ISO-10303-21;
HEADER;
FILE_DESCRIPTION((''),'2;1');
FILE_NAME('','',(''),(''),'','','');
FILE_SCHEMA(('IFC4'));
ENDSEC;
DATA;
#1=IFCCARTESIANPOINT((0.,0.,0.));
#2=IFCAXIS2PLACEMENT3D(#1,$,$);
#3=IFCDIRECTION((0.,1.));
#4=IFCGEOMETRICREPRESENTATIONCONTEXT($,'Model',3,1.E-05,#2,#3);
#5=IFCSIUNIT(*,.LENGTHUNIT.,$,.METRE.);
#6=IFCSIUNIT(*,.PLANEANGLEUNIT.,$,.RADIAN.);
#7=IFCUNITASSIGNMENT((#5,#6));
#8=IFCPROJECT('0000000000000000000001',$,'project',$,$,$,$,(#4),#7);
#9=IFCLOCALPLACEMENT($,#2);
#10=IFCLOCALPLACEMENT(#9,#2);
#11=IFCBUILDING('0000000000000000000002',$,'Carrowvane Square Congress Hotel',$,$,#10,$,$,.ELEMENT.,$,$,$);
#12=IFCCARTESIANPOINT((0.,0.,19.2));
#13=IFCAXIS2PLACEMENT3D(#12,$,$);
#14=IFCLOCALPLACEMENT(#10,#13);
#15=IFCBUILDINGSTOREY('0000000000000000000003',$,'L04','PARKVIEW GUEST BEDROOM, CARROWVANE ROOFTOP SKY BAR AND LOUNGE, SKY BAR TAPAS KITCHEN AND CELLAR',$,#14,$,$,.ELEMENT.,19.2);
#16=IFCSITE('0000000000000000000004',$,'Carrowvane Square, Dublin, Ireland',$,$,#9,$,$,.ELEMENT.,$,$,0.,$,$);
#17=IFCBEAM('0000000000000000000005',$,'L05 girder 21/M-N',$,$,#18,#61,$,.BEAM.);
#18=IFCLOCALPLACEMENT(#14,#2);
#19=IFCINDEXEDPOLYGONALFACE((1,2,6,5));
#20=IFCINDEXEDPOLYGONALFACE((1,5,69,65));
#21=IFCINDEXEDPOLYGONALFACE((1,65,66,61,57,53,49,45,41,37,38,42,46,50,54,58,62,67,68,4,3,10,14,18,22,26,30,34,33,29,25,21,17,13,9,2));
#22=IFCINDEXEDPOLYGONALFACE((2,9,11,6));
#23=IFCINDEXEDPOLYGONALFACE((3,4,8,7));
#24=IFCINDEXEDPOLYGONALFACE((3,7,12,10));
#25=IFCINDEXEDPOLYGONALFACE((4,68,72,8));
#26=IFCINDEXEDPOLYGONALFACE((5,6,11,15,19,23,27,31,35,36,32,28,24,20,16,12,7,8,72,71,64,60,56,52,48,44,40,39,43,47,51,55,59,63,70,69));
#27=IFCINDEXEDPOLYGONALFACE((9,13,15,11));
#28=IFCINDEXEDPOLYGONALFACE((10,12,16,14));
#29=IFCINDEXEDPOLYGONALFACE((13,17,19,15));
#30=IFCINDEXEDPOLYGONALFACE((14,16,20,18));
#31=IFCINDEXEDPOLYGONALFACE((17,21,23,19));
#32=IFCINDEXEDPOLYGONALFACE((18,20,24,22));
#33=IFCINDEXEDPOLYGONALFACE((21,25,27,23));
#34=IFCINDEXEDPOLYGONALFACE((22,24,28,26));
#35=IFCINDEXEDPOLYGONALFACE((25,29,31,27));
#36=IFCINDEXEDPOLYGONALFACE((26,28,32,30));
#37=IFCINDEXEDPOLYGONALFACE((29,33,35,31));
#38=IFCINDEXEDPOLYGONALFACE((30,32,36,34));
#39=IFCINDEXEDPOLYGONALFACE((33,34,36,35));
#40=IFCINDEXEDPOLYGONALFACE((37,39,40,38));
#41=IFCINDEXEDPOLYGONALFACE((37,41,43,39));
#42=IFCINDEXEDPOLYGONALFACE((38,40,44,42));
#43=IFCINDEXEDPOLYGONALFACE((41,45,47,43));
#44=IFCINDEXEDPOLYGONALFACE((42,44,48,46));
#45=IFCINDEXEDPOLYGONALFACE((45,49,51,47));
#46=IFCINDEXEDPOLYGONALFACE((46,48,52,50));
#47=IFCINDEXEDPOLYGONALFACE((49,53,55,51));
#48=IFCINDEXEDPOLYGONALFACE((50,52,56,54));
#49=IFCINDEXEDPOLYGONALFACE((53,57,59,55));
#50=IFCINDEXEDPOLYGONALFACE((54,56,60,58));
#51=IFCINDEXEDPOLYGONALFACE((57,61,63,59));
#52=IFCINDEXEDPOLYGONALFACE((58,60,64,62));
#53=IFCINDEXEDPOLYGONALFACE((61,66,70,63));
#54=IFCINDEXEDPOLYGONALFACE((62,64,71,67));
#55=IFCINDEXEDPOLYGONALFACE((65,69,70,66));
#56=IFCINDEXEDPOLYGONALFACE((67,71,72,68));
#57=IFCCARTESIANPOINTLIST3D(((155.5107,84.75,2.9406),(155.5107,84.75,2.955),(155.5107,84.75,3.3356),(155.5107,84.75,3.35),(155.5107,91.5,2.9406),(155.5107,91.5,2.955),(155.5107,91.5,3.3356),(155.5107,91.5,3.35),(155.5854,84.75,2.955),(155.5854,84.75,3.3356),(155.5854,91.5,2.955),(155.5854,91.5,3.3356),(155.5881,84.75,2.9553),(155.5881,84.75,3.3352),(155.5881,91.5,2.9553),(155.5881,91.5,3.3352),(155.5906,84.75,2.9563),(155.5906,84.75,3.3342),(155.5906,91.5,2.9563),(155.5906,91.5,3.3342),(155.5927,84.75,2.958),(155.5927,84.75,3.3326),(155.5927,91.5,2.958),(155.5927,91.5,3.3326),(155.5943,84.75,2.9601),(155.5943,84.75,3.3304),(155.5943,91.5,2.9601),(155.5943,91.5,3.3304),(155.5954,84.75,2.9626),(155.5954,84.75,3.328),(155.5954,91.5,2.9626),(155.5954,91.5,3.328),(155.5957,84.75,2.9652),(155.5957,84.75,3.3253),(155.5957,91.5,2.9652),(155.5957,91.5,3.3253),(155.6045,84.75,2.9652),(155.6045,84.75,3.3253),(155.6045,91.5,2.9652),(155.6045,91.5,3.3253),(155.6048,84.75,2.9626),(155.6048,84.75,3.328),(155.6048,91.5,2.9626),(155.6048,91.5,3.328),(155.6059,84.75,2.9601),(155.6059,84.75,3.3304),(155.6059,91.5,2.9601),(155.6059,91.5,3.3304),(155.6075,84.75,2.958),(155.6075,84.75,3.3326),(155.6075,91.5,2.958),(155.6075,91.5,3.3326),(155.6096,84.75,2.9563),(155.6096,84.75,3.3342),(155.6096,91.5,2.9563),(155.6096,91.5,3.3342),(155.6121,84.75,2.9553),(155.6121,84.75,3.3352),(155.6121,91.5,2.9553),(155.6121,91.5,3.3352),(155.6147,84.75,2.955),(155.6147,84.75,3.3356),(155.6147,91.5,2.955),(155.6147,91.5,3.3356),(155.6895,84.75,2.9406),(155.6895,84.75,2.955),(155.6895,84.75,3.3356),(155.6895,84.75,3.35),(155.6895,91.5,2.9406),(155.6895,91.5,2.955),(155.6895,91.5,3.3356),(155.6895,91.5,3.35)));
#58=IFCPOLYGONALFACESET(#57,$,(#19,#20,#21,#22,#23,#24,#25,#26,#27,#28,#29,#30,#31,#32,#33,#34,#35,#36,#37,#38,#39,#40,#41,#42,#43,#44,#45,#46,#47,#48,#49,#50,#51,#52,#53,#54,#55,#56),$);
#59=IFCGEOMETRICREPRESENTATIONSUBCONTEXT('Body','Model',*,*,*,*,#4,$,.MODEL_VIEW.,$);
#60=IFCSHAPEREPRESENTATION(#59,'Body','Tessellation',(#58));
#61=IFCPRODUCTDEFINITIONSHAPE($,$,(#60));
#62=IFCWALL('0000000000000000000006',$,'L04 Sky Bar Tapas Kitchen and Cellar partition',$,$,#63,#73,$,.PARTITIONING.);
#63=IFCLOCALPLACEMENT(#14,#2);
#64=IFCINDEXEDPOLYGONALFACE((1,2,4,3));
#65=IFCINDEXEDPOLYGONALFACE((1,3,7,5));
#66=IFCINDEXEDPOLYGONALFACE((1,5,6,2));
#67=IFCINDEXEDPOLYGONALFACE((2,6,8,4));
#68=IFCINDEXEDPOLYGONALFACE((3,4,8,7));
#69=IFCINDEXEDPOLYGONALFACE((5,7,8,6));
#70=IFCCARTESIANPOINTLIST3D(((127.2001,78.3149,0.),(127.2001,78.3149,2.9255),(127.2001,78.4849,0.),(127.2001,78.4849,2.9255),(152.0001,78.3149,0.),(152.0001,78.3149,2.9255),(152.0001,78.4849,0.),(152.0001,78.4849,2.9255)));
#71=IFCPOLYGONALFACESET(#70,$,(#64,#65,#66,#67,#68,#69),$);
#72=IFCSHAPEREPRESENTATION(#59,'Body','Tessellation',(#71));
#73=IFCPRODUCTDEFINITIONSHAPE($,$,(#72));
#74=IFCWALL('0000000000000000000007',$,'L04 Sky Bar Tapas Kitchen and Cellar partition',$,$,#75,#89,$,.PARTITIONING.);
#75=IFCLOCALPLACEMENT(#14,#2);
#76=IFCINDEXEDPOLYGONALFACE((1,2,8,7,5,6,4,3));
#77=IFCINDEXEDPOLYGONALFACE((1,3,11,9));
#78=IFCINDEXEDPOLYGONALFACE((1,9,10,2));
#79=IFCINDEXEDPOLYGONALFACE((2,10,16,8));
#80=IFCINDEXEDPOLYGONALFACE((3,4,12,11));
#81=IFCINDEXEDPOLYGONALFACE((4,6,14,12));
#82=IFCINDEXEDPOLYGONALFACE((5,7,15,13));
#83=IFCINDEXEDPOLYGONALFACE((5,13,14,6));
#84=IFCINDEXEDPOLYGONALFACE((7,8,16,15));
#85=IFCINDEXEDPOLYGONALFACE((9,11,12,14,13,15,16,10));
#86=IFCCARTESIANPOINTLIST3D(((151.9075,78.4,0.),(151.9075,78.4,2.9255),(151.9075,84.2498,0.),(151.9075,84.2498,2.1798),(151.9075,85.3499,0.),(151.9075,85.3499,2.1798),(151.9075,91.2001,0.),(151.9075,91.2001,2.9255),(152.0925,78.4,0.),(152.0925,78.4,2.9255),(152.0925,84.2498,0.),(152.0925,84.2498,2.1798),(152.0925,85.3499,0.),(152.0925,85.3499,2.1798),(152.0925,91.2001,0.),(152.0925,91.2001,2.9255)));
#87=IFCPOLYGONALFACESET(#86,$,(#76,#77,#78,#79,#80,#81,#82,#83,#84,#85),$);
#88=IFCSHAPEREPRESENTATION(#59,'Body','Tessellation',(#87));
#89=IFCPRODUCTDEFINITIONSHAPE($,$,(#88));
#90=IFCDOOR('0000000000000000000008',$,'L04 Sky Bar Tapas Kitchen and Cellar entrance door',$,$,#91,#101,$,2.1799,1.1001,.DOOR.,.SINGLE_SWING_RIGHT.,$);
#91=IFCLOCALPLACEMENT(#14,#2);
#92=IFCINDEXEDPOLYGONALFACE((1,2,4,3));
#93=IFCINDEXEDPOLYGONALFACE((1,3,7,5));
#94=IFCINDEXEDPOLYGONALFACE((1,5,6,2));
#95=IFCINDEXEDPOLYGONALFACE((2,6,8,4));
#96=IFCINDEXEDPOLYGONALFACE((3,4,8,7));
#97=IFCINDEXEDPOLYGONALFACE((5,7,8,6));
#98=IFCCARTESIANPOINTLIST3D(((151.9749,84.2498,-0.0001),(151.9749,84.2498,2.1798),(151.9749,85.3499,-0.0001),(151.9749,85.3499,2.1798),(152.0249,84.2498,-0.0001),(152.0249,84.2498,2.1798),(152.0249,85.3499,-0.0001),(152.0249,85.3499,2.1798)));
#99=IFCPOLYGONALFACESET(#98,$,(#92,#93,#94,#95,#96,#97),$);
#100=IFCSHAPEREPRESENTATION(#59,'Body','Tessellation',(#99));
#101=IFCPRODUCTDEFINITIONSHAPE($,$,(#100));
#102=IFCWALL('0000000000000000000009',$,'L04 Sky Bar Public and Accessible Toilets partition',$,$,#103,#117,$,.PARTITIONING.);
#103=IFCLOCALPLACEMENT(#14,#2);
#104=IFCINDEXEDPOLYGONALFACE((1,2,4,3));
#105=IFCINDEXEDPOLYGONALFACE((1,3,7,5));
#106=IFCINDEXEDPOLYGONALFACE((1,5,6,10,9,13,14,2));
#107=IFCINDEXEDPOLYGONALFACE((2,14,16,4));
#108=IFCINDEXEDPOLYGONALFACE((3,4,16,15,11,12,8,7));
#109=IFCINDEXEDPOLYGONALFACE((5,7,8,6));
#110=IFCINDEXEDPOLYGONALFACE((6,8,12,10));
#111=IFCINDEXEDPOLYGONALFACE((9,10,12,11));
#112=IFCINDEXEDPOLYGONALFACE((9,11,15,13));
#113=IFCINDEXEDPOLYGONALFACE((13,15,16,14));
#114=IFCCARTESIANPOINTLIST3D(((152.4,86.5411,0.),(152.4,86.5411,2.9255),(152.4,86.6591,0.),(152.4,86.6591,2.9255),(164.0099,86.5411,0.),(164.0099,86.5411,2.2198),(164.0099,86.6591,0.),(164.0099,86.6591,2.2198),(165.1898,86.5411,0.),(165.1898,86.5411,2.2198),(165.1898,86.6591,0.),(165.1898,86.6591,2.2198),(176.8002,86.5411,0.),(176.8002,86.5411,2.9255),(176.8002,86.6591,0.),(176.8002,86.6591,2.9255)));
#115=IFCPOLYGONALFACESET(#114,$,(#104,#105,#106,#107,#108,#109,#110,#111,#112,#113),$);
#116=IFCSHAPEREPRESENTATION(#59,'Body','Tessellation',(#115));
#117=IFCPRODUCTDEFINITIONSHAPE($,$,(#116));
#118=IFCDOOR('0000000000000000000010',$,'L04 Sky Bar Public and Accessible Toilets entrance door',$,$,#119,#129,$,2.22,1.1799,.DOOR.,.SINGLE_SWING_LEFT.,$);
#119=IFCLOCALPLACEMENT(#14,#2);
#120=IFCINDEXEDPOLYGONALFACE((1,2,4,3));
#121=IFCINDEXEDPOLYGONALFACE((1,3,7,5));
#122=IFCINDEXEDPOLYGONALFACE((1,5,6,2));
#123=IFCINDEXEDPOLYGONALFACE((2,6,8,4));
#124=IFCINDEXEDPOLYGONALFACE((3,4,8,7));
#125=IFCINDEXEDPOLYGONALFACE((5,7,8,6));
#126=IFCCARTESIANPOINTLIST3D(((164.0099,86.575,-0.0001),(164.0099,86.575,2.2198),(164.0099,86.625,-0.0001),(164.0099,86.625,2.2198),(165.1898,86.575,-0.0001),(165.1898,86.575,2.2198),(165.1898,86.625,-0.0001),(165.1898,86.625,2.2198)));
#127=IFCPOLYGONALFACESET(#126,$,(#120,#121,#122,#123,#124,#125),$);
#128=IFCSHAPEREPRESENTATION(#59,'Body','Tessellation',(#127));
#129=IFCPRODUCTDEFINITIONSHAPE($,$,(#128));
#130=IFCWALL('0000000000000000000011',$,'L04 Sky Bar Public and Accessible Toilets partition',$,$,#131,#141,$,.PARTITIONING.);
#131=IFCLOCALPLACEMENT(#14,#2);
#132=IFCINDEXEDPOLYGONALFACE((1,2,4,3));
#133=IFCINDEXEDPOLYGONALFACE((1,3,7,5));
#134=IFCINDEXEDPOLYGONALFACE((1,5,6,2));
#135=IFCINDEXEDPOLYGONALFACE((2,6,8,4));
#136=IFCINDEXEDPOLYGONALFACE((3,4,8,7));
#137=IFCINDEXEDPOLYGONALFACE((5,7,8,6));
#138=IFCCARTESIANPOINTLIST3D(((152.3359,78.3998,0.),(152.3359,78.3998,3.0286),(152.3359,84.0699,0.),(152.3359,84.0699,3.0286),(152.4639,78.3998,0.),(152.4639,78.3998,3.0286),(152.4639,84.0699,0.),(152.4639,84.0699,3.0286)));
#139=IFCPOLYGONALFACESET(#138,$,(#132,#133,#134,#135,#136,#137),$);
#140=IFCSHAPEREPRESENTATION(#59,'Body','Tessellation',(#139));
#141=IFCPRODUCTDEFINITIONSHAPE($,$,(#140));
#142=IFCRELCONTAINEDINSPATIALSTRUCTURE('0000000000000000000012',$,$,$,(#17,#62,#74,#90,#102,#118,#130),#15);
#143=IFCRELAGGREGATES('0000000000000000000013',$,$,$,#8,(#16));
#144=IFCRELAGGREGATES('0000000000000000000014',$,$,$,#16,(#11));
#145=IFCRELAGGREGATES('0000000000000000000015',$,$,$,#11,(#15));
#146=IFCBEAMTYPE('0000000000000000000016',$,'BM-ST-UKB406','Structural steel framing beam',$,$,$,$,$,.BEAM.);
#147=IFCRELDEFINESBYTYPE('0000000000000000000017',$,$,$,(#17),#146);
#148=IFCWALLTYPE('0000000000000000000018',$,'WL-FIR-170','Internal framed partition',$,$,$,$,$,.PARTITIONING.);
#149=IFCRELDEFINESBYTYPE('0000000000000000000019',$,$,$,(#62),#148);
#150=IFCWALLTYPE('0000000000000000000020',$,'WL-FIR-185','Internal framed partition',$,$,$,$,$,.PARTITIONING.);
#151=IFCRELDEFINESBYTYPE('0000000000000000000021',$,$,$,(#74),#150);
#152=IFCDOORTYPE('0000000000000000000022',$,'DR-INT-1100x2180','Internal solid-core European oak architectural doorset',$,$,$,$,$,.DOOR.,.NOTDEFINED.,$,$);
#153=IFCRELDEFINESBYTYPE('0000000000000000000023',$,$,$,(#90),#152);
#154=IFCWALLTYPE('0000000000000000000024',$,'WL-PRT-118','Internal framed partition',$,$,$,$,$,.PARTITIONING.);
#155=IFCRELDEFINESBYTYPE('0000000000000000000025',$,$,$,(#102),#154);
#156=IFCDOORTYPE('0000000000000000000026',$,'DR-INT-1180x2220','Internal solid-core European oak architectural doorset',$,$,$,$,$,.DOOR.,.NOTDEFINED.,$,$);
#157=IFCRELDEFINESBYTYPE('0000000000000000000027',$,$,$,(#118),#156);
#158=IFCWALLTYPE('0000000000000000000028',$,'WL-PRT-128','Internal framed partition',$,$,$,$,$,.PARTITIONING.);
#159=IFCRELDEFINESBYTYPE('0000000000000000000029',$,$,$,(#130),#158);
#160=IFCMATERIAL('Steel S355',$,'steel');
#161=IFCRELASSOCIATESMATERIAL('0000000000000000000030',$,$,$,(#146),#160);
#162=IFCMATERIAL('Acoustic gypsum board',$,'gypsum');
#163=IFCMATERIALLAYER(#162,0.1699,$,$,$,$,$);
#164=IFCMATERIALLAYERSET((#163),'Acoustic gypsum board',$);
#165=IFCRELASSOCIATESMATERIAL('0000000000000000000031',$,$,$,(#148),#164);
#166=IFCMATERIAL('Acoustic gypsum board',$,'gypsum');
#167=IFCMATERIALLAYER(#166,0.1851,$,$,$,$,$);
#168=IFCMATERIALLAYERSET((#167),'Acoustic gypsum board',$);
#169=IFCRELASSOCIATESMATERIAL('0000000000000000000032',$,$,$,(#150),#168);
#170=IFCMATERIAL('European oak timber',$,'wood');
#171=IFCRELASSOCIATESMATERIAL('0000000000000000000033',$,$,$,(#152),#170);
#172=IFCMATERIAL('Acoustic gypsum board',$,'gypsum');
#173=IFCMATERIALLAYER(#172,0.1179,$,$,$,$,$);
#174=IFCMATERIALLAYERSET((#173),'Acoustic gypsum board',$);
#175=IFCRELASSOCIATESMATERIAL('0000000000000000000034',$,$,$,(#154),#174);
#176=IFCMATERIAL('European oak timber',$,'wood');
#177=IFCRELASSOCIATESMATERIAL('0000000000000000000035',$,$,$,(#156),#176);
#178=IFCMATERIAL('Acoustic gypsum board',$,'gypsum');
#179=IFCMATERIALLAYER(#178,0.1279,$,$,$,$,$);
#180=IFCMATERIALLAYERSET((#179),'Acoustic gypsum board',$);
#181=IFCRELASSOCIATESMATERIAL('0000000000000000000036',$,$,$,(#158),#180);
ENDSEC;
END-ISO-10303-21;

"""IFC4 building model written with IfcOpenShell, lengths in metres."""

from ifc_helpers import new_model, si_unit, direction, frame, frame_2d, origin, origin_2d, place, context, subcontext, project, spatial, rectangle, i_section, extrude, material, layer, layer_set, material_profile, profile_set, type_object, element, fill, save


model = new_model("IFC4")

# Units and contexts
model_context = context("Model", 3, precision=1e-05, world=origin(), true_north=direction((0.0, 1.0)))
body_context = subcontext(model_context, "Body", "Model", "MODEL_VIEW")
ifc_project = project(units=[si_unit("LENGTHUNIT", "METRE"), si_unit("PLANEANGLEUNIT", "RADIAN")], contexts=[model_context])

# Site, building, storey
site_placement = place(None, origin())
site = spatial("IfcSite", under=ifc_project, at=site_placement, Name="Carrowvane Square, Dublin, Ireland", CompositionType="ELEMENT", RefElevation=0.0)
building_placement = place(site_placement, origin())
building = spatial("IfcBuilding", under=site, at=building_placement, Name="Carrowvane Square Congress Hotel", CompositionType="ELEMENT")
storey_placement = place(building_placement, frame((0.0, 0.0, 19.2)))
storey = spatial("IfcBuildingStorey", under=building, at=storey_placement, Name="L04", Description="PARKVIEW GUEST BEDROOM, CARROWVANE ROOFTOP SKY BAR AND LOUNGE, SKY BAR TAPAS KITCHEN AND CELLAR", CompositionType="ELEMENT", Elevation=19.2)

# Beam
ifc_material_1 = material(Name="Steel S355", Category="steel")
ifc_material_profile_1 = material_profile(ifc_material_1, i_section(OverallWidth=0.1787, OverallDepth=0.4094, WebThickness=0.0088, FlangeThickness=0.0144, FilletRadius=0.0103, at=origin_2d()), Name="UKB 406x178x67")
ifc_profile_set_1 = profile_set([ifc_material_profile_1], Name="Steel S355")
beam_type_1 = type_object("IfcBeamType", Name="BM-ST-UKB406", Description="Structural steel framing beam", PredefinedType="BEAM", material=ifc_profile_set_1)
beam_1_placement = place(storey_placement, frame((155.6001, 84.75, 3.1453), z_axis=(0.0, 1.0, 0.0), x_axis=(-1.0, 0.0, 0.0)))
element("IfcBeam", 1, at=beam_1_placement, inside=storey, type_object=beam_type_1, Name="L05 girder 21/M-N", PredefinedType="BEAM", context=body_context, shape_type="SweptSolid", body=[
    extrude(i_section(OverallWidth=0.1787, OverallDepth=0.4094, WebThickness=0.0088, FlangeThickness=0.0144, FilletRadius=0.0103, at=origin_2d()), origin(), (0.0, 0.0, 1.0), 6.75),
])

# Wall
ifc_material_2 = material(Name="Acoustic gypsum board", Category="gypsum")
ifc_layer_1 = layer(ifc_material_2, 0.1699)
ifc_layer_set_1 = layer_set([ifc_layer_1], Name="Acoustic gypsum board")
wall_type_1 = type_object("IfcWallType", Name="WL-FIR-170", Description="Internal framed partition", PredefinedType="PARTITIONING", material=ifc_layer_set_1)
wall_1_placement = place(storey_placement, frame((152.0, 78.3999, 0.0), z_axis=(0.0, 0.0, 1.0), x_axis=(-1.0, 0.0, 0.0)))
element("IfcWall", 2, at=wall_1_placement, inside=storey, type_object=wall_type_1, Name="L04 Sky Bar Tapas Kitchen and Cellar partition", PredefinedType="PARTITIONING", context=body_context, shape_type="SweptSolid", body=[
    extrude(rectangle(XDim=24.8, YDim=0.1699, at=frame_2d((12.3999, 0.0))), origin(), (0.0, 0.0, 1.0), 2.9255),
])

# Walls, openings, doors
ifc_material_3 = material(Name="Acoustic gypsum board", Category="gypsum")
ifc_layer_2 = layer(ifc_material_3, 0.1851)
ifc_layer_set_2 = layer_set([ifc_layer_2], Name="Acoustic gypsum board")
wall_type_2 = type_object("IfcWallType", Name="WL-FIR-185", Description="Internal framed partition", PredefinedType="PARTITIONING", material=ifc_layer_set_2)
wall_2_placement = place(storey_placement, frame((152.0, 91.2, 0.0), z_axis=(0.0, 0.0, 1.0), x_axis=(0.0, -1.0, 0.0)))
wall_2 = element("IfcWall", 3, at=wall_2_placement, inside=storey, type_object=wall_type_2, Name="L04 Sky Bar Tapas Kitchen and Cellar partition", PredefinedType="PARTITIONING", context=body_context, shape_type="SweptSolid", body=[
    extrude(rectangle(XDim=12.8, YDim=0.1851, at=frame_2d((6.3999, 0.0))), origin(), (0.0, 0.0, 1.0), 2.9255),
])
opening_1_placement = place(wall_2_placement, frame((5.8501, 0.0, 0.0)))
opening_1 = element("IfcOpeningElement", 4, at=opening_1_placement, cuts=wall_2, PredefinedType="OPENING", context=body_context, shape_type="SweptSolid", body=[
    extrude(rectangle(XDim=1.1001, YDim=2.1799, at=frame_2d((0.55, 1.0898))), frame((0.0, 0.1025, 0.0), z_axis=(0.0, -1.0, 0.0), x_axis=(1.0, 0.0, 0.0)), (0.0, 0.0, 1.0), 0.2051),
])
ifc_material_4 = material(Name="European oak timber", Category="wood")
door_type_1 = type_object("IfcDoorType", Name="DR-INT-1100x2180", Description="Internal solid-core European oak architectural doorset", OperationType="NOTDEFINED", PredefinedType="DOOR", material=ifc_material_4)
door_1_placement = place(opening_1_placement, origin())
door_1 = element("IfcDoor", 5, at=door_1_placement, inside=storey, type_object=door_type_1, Name="L04 Sky Bar Tapas Kitchen and Cellar entrance door", OperationType="SINGLE_SWING_RIGHT", OverallHeight=2.1799, OverallWidth=1.1001, PredefinedType="DOOR", context=body_context, shape_type="SweptSolid", body=[
    extrude(rectangle(XDim=1.1001, YDim=2.1799, at=frame_2d((0.55, 1.0898))), frame((0.0, 0.0249, 0.0), z_axis=(0.0, -1.0, 0.0), x_axis=(1.0, 0.0, 0.0)), (0.0, 0.0, 1.0), 0.05),
])
fill(opening_1, door_1)
ifc_material_5 = material(Name="Acoustic gypsum board", Category="gypsum")
ifc_layer_3 = layer(ifc_material_5, 0.1179)
ifc_layer_set_3 = layer_set([ifc_layer_3], Name="Acoustic gypsum board")
wall_type_3 = type_object("IfcWallType", Name="WL-PRT-118", Description="Internal framed partition", PredefinedType="PARTITIONING", material=ifc_layer_set_3)
wall_3_placement = place(storey_placement, frame((152.3999, 86.6001, 0.0), z_axis=(0.0, 0.0, 1.0), x_axis=(1.0, 0.0, 0.0)))
wall_3 = element("IfcWall", 6, at=wall_3_placement, inside=storey, type_object=wall_type_3, Name="L04 Sky Bar Public and Accessible Toilets partition", PredefinedType="PARTITIONING", context=body_context, shape_type="SweptSolid", body=[
    extrude(rectangle(XDim=24.4001, YDim=0.1179, at=frame_2d((12.2002, 0.0))), origin(), (0.0, 0.0, 1.0), 2.9255),
])
opening_2_placement = place(wall_3_placement, frame((11.6101, 0.0, 0.0)))
opening_2 = element("IfcOpeningElement", 7, at=opening_2_placement, cuts=wall_3, PredefinedType="OPENING", context=body_context, shape_type="SweptSolid", body=[
    extrude(rectangle(XDim=1.1799, YDim=2.22, at=frame_2d((0.5898, 1.1099))), frame((0.0, 0.0688, 0.0), z_axis=(0.0, -1.0, 0.0), x_axis=(1.0, 0.0, 0.0)), (0.0, 0.0, 1.0), 0.1379),
])
ifc_material_6 = material(Name="European oak timber", Category="wood")
door_type_2 = type_object("IfcDoorType", Name="DR-INT-1180x2220", Description="Internal solid-core European oak architectural doorset", OperationType="NOTDEFINED", PredefinedType="DOOR", material=ifc_material_6)
door_2_placement = place(opening_2_placement, origin())
door_2 = element("IfcDoor", 8, at=door_2_placement, inside=storey, type_object=door_type_2, Name="L04 Sky Bar Public and Accessible Toilets entrance door", OperationType="SINGLE_SWING_LEFT", OverallHeight=2.22, OverallWidth=1.1799, PredefinedType="DOOR", context=body_context, shape_type="SweptSolid", body=[
    extrude(rectangle(XDim=1.1799, YDim=2.22, at=frame_2d((0.5898, 1.1099))), frame((0.0, 0.0249, 0.0), z_axis=(0.0, -1.0, 0.0), x_axis=(1.0, 0.0, 0.0)), (0.0, 0.0, 1.0), 0.05),
])
fill(opening_2, door_2)

# Wall
ifc_material_7 = material(Name="Acoustic gypsum board", Category="gypsum")
ifc_layer_4 = layer(ifc_material_7, 0.1279)
ifc_layer_set_4 = layer_set([ifc_layer_4], Name="Acoustic gypsum board")
wall_type_4 = type_object("IfcWallType", Name="WL-PRT-128", Description="Internal framed partition", PredefinedType="PARTITIONING", material=ifc_layer_set_4)
wall_4_placement = place(storey_placement, frame((152.3999, 78.3999, 0.0), z_axis=(0.0, 0.0, 1.0), x_axis=(0.0, 1.0, 0.0)))
element("IfcWall", 9, at=wall_4_placement, inside=storey, type_object=wall_type_4, Name="L04 Sky Bar Public and Accessible Toilets partition", PredefinedType="PARTITIONING", context=body_context, shape_type="SweptSolid", body=[
    extrude(rectangle(XDim=5.6702, YDim=0.1279, at=frame_2d((2.835, 0.0))), origin(), (0.0, 0.0, 1.0), 3.0286),
])

save(model, "model.ifc")
